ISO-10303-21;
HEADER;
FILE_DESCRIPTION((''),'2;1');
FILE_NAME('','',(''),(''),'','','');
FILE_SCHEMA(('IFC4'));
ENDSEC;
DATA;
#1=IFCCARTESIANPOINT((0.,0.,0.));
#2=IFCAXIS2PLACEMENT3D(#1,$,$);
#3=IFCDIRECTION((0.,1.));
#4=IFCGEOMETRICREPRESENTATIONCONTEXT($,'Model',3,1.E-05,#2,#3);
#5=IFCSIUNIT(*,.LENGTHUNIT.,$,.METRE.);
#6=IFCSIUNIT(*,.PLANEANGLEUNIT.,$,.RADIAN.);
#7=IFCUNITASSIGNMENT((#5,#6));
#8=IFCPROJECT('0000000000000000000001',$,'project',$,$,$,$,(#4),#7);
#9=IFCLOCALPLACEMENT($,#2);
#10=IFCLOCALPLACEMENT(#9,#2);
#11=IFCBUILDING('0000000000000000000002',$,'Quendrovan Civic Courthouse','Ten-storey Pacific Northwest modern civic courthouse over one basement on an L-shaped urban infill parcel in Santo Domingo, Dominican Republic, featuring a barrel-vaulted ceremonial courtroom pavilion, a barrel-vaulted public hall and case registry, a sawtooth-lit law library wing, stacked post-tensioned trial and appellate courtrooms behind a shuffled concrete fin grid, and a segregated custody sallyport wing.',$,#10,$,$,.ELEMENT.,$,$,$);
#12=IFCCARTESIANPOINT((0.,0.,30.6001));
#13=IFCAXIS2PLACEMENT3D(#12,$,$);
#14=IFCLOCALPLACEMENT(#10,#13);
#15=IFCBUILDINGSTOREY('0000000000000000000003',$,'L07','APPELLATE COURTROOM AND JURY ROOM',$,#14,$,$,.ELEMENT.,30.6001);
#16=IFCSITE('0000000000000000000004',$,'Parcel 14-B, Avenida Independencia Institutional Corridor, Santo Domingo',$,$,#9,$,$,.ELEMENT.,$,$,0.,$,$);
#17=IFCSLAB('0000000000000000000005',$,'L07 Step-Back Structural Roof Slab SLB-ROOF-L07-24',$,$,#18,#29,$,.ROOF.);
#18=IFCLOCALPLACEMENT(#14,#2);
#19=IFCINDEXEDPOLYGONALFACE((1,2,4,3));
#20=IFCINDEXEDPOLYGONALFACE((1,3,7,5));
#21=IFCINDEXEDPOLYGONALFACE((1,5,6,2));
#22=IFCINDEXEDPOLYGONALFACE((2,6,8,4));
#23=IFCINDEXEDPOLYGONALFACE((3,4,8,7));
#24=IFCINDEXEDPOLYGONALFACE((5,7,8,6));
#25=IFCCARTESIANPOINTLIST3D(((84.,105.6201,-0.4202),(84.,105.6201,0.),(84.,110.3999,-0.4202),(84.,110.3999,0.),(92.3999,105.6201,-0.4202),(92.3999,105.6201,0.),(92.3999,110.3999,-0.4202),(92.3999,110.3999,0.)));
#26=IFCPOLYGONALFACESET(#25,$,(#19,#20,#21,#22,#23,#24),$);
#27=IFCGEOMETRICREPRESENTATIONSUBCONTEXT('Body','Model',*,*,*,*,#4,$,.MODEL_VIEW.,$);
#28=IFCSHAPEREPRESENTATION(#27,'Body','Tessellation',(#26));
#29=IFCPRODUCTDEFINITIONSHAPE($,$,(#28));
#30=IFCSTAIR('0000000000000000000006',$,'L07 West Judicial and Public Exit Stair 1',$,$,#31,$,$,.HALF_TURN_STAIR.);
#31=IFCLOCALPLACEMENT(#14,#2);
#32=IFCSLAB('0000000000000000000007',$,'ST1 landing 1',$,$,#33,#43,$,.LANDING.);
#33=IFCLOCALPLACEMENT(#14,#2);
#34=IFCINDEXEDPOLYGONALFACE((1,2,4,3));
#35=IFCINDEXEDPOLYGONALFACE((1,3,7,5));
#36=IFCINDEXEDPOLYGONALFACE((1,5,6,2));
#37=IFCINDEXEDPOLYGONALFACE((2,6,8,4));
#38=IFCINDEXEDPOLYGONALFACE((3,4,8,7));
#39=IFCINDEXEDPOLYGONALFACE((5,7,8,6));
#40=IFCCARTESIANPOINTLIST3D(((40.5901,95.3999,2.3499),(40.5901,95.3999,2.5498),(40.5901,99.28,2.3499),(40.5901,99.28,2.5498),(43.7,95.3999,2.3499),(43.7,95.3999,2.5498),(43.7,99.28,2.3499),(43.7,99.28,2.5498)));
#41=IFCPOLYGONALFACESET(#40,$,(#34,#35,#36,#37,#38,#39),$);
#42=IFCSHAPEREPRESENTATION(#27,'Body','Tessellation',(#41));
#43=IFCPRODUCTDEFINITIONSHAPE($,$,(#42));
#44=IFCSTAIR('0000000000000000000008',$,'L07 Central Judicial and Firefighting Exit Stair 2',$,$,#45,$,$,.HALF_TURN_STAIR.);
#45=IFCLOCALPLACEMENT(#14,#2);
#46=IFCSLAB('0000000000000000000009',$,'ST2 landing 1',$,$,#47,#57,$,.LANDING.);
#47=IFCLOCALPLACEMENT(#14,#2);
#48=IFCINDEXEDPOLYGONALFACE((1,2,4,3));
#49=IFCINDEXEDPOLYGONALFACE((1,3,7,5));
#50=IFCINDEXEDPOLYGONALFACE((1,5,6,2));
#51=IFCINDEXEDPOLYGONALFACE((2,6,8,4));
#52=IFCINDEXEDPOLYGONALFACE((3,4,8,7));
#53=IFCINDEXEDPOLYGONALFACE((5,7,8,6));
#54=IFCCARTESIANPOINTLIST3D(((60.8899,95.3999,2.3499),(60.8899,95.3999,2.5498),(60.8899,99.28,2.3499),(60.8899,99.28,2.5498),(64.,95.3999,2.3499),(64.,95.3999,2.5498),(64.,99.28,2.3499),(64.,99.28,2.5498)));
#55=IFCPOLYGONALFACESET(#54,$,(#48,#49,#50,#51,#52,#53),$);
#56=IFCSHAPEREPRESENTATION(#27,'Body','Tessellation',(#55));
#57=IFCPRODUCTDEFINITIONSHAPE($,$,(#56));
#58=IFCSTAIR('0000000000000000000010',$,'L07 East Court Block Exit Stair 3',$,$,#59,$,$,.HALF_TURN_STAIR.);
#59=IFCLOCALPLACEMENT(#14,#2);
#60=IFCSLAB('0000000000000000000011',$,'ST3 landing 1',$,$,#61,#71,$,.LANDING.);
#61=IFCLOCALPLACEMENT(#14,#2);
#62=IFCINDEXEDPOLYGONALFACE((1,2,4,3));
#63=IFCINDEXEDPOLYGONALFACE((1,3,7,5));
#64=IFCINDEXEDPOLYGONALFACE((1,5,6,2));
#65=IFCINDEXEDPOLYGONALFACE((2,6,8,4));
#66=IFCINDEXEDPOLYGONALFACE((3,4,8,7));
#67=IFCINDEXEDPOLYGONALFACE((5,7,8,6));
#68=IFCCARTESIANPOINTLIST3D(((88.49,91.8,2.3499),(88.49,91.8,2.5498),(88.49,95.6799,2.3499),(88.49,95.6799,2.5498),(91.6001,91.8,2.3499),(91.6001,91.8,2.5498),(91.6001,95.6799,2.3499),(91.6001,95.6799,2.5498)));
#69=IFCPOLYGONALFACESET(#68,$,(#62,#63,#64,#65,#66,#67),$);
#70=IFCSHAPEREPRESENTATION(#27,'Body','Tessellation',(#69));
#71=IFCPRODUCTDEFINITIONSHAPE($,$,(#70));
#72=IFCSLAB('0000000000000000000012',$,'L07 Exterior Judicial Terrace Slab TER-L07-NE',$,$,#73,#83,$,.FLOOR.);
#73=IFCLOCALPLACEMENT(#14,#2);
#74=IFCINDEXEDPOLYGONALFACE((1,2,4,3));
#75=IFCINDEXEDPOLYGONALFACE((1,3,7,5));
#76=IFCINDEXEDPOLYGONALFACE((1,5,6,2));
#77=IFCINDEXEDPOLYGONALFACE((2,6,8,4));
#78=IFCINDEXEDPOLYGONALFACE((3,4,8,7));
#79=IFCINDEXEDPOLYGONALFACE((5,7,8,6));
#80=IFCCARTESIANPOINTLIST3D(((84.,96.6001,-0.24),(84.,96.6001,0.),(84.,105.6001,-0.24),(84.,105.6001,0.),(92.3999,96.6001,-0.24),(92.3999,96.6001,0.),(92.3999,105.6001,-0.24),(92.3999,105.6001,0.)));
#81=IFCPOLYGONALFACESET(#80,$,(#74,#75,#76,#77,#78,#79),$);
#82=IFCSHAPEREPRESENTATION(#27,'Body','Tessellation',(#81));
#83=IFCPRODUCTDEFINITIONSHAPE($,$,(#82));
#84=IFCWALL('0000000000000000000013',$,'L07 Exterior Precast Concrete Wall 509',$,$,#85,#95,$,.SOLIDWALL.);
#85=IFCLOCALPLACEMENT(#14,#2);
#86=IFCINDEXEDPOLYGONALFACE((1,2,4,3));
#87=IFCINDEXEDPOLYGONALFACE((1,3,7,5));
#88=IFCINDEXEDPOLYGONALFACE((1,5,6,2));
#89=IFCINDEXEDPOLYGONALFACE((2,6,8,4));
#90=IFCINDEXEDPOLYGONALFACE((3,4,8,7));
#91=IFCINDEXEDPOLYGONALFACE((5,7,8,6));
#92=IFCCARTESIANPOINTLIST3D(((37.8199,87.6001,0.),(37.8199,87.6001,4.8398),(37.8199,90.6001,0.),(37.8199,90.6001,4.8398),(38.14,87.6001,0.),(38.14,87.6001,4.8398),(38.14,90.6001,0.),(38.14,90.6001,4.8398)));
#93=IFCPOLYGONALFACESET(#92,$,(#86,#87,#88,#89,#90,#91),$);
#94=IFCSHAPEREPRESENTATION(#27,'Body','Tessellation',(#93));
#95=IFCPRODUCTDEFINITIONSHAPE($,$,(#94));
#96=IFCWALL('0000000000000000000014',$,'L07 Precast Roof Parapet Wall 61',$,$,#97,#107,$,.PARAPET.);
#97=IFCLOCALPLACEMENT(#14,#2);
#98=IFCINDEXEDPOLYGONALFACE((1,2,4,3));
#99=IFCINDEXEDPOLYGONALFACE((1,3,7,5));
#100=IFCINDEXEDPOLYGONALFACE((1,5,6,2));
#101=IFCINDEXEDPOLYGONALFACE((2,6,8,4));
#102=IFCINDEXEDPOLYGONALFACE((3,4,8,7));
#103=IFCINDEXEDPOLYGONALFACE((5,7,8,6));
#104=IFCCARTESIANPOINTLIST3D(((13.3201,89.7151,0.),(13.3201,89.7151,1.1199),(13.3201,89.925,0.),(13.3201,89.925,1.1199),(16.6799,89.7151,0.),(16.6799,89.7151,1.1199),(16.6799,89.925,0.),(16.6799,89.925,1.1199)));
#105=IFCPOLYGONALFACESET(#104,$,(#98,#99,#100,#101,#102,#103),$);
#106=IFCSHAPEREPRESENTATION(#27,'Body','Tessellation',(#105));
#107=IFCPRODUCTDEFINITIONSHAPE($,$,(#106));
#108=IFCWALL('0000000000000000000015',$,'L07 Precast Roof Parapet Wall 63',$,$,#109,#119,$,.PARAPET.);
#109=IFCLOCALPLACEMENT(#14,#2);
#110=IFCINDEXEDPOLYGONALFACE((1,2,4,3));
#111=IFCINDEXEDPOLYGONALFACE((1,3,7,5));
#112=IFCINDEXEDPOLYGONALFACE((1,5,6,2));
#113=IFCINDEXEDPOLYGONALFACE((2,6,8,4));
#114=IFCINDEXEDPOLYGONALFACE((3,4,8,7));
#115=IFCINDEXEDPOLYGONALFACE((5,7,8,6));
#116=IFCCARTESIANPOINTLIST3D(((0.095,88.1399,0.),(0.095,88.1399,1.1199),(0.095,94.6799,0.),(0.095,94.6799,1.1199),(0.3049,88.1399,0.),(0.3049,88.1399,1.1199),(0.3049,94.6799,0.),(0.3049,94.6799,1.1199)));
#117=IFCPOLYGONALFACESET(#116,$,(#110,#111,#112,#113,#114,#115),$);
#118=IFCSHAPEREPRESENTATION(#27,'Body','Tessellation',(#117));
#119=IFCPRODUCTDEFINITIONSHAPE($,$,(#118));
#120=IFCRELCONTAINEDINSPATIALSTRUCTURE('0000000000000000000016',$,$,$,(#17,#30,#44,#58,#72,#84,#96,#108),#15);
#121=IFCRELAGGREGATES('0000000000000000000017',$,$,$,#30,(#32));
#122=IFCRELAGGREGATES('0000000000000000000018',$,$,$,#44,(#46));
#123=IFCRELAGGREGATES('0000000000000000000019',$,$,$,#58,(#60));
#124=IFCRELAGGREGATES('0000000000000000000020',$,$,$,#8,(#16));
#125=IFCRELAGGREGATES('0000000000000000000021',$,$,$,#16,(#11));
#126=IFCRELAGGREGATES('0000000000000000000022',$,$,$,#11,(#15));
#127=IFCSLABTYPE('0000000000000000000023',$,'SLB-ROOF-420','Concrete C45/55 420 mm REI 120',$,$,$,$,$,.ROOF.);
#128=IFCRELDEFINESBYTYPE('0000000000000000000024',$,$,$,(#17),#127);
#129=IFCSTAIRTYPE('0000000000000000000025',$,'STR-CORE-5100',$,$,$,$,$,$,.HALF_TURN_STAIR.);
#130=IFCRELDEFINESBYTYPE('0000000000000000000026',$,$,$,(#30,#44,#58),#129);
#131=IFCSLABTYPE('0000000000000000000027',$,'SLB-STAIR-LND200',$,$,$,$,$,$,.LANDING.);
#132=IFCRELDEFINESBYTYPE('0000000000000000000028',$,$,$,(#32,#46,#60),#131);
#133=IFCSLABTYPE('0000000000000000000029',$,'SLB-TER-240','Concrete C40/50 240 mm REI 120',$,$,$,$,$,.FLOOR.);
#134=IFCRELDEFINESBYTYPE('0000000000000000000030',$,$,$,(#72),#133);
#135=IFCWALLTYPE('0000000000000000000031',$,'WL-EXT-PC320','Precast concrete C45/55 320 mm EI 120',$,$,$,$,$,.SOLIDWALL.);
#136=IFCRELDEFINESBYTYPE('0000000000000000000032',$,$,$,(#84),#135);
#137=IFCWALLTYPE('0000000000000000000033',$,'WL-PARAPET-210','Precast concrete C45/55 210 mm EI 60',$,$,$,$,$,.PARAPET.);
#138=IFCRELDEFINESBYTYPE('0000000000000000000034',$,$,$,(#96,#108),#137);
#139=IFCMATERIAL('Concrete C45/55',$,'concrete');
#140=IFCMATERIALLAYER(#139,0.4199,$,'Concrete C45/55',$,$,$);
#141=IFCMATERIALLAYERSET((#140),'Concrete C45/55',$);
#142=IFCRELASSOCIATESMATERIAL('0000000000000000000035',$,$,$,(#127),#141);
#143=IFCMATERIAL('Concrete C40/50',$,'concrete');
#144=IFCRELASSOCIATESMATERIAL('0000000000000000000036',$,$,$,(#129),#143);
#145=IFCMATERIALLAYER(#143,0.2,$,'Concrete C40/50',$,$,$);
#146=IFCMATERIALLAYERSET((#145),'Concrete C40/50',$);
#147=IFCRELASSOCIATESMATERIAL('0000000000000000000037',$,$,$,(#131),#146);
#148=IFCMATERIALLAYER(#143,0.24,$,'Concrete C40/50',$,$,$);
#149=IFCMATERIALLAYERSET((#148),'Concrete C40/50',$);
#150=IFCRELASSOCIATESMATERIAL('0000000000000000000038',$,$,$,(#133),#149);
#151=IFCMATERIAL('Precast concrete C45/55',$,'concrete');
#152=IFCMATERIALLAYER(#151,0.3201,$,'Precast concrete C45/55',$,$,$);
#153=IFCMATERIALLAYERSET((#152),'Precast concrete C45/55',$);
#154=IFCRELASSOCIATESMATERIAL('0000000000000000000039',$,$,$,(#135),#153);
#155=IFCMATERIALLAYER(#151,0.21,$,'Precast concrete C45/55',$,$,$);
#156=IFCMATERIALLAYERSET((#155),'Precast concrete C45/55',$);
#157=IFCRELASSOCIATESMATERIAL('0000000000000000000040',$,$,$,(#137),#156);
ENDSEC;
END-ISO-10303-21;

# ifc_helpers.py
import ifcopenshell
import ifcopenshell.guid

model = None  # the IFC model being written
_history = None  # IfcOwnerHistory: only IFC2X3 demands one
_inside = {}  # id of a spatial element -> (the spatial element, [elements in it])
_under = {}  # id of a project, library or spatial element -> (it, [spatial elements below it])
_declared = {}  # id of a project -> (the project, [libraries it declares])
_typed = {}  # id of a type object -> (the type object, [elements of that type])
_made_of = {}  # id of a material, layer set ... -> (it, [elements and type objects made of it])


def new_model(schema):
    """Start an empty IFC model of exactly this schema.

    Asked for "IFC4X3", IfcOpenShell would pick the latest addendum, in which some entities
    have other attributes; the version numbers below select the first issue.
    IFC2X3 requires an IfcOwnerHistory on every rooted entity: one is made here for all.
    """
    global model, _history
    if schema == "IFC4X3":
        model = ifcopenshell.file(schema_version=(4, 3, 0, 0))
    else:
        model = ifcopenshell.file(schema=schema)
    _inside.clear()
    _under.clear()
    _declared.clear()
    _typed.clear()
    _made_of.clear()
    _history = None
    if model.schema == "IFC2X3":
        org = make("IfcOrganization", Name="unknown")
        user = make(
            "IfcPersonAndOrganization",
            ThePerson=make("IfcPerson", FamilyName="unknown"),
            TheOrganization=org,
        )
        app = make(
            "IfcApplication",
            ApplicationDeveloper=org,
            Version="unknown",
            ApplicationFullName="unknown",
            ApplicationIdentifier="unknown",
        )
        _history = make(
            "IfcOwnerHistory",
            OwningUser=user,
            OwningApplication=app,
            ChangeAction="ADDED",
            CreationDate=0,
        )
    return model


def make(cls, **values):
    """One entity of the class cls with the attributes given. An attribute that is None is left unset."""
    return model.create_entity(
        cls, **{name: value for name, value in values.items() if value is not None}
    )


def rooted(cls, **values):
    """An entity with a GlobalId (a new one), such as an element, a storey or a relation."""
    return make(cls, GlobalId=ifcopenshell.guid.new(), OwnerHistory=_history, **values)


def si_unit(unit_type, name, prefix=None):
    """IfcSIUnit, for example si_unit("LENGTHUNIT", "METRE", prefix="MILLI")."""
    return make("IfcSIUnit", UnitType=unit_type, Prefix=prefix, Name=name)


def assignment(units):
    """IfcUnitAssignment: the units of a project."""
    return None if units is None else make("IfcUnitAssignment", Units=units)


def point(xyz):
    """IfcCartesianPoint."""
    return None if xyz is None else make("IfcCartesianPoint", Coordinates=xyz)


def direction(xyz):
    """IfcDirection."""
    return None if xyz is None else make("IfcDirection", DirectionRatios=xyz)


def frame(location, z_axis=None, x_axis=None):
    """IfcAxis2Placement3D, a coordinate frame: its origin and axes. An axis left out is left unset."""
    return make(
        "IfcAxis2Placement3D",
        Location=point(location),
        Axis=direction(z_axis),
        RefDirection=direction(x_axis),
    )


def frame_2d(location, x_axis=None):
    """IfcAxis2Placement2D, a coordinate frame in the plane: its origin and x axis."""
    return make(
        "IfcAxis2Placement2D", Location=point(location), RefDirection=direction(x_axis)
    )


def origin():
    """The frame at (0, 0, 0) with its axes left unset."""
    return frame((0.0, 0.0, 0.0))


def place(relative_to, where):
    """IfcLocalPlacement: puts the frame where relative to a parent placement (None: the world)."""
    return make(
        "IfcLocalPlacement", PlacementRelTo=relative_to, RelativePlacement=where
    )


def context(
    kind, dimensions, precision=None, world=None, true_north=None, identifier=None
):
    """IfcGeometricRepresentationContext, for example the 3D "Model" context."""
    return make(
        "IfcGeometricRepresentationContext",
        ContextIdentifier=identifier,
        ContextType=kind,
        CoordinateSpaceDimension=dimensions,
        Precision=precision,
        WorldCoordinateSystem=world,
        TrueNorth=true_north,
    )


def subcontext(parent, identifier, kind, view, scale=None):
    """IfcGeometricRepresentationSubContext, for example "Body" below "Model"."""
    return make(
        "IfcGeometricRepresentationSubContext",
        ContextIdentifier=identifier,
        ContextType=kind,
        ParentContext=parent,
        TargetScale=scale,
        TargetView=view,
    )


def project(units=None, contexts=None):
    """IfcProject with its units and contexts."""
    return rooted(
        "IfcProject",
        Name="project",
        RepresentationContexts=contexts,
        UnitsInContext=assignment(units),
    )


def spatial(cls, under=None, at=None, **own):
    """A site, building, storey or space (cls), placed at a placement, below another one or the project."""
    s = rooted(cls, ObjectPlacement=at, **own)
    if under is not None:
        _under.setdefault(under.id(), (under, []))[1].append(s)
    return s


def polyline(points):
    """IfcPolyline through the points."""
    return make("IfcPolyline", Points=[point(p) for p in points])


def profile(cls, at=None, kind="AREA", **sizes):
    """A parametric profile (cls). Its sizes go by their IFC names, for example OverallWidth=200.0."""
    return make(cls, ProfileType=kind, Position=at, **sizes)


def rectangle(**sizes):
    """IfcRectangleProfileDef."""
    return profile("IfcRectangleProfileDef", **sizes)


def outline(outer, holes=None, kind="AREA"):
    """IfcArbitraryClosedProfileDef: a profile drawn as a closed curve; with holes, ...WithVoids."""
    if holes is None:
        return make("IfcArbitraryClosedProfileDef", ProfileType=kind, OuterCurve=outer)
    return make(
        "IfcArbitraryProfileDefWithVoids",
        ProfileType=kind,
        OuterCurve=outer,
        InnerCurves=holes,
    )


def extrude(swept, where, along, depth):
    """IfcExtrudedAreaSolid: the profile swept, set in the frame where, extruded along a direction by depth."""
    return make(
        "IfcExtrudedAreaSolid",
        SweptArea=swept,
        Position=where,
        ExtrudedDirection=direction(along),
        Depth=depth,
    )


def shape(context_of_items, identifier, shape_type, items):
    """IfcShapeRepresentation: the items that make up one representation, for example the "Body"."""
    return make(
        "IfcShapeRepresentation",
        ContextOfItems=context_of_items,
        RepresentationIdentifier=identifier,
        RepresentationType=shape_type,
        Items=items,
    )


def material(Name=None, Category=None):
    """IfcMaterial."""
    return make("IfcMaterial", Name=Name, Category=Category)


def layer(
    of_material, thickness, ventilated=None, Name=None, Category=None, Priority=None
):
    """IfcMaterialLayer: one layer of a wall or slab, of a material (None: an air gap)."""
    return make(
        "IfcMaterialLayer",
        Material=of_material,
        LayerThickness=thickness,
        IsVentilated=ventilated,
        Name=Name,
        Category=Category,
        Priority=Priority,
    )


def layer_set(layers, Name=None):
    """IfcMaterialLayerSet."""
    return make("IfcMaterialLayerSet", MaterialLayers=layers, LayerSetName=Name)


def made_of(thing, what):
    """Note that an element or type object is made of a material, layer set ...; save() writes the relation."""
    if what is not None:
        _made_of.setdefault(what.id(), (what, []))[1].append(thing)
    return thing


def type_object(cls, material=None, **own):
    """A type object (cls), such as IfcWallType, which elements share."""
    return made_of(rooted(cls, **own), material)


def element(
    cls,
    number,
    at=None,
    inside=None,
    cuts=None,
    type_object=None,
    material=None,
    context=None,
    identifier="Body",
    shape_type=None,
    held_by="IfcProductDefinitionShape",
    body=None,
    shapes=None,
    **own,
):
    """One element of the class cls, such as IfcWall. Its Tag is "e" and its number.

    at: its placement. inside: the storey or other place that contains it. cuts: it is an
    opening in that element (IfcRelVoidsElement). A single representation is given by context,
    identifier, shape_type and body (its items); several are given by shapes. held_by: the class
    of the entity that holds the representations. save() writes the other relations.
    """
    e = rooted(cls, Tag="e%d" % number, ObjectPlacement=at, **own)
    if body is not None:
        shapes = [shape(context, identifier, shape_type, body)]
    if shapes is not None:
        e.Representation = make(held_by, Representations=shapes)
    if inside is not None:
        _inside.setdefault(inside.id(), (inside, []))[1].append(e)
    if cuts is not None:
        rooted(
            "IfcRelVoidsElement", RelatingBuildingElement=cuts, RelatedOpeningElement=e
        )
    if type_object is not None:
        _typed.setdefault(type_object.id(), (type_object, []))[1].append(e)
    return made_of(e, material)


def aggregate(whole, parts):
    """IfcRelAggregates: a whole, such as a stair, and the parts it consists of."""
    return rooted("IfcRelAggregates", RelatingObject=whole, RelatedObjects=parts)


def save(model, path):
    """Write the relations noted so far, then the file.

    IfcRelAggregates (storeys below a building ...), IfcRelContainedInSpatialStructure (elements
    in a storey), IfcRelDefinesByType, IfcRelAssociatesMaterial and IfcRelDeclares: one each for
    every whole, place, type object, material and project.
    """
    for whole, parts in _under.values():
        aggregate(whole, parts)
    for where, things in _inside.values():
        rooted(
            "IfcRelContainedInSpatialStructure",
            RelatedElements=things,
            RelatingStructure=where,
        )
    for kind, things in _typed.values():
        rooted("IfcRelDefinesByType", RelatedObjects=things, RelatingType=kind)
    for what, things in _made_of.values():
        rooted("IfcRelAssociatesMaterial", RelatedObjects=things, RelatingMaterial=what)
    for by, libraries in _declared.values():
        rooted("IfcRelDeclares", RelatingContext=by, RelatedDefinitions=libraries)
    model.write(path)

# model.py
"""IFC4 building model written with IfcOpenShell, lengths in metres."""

from ifc_helpers import new_model, si_unit, direction, frame, frame_2d, origin, place, context, subcontext, project, spatial, polyline, rectangle, outline, extrude, material, layer, layer_set, type_object, element, aggregate, save


model = new_model("IFC4")

# Units and contexts
model_context = context("Model", 3, precision=1e-05, world=origin(), true_north=direction((0.0, 1.0)))
body_context = subcontext(model_context, "Body", "Model", "MODEL_VIEW")
ifc_project = project(units=[si_unit("LENGTHUNIT", "METRE"), si_unit("PLANEANGLEUNIT", "RADIAN")], contexts=[model_context])

# Site, building, storey
site_placement = place(None, origin())
site = spatial("IfcSite", under=ifc_project, at=site_placement, Name="Parcel 14-B, Avenida Independencia Institutional Corridor, Santo Domingo", CompositionType="ELEMENT", RefElevation=0.0)
building_placement = place(site_placement, origin())
building = spatial("IfcBuilding", under=site, at=building_placement, Name="Quendrovan Civic Courthouse", Description="Ten-storey Pacific Northwest modern civic courthouse over one basement on an L-shaped urban infill parcel in Santo Domingo, Dominican Republic, featuring a barrel-vaulted ceremonial courtroom pavilion, a barrel-vaulted public hall and case registry, a sawtooth-lit law library wing, stacked post-tensioned trial and appellate courtrooms behind a shuffled concrete fin grid, and a segregated custody sallyport wing.", CompositionType="ELEMENT")
storey_placement = place(building_placement, frame((0.0, 0.0, 30.6001)))
storey = spatial("IfcBuildingStorey", under=building, at=storey_placement, Name="L07", Description="APPELLATE COURTROOM AND JURY ROOM", CompositionType="ELEMENT", Elevation=30.6001)

# Shared definitions
ifc_material_1 = material(Name="Concrete C45/55", Category="concrete")

# Shared definitions
ifc_material_2 = material(Name="Concrete C40/50", Category="concrete")

# Shared definitions
ifc_material_3 = material(Name="Precast concrete C45/55", Category="concrete")

# Shared definitions
ifc_layer_1 = layer(ifc_material_1, 0.4199, Name="Concrete C45/55")
ifc_layer_set_1 = layer_set([ifc_layer_1], Name="Concrete C45/55")
slab_type_1 = type_object("IfcSlabType", Name="SLB-ROOF-420", Description="Concrete C45/55 420 mm REI 120", PredefinedType="ROOF", material=ifc_layer_set_1)

# Slab
slab_1_placement = place(storey_placement, frame((0.0, 0.0, -0.4202)))
element("IfcSlab", 1, at=slab_1_placement, inside=storey, type_object=slab_type_1, Name="L07 Step-Back Structural Roof Slab SLB-ROOF-L07-24", PredefinedType="ROOF", context=body_context, shape_type="SweptSolid", body=[
    extrude(outline(polyline([(92.3999, 105.6201), (84.0, 105.6201), (84.0, 110.3999), (92.3999, 110.3999), (92.3999, 105.6201)])), origin(), (0.0, 0.0, 1.0), 0.4202),
])

# Stairs, slabs
stair_type = type_object("IfcStairType", Name="STR-CORE-5100", PredefinedType="HALF_TURN_STAIR", material=ifc_material_2)
stair_1_placement = place(storey_placement, origin())
stair_1 = element("IfcStair", 2, at=stair_1_placement, inside=storey, type_object=stair_type, Name="L07 West Judicial and Public Exit Stair 1", PredefinedType="HALF_TURN_STAIR")
ifc_layer_2 = layer(ifc_material_2, 0.2, Name="Concrete C40/50")
ifc_layer_set_2 = layer_set([ifc_layer_2], Name="Concrete C40/50")
slab_type_2 = type_object("IfcSlabType", Name="SLB-STAIR-LND200", PredefinedType="LANDING", material=ifc_layer_set_2)
slab_2_placement = place(storey_placement, frame((0.0, 0.0, 2.3499)))
slab_2 = element("IfcSlab", 3, at=slab_2_placement, type_object=slab_type_2, Name="ST1 landing 1", PredefinedType="LANDING", context=body_context, shape_type="SweptSolid", body=[
    extrude(outline(polyline([(40.5901, 95.3999), (43.7, 95.3999), (43.7, 99.28), (40.5901, 99.28), (40.5901, 95.3999)])), origin(), (0.0, 0.0, 1.0), 0.2),
])
aggregate(stair_1, [slab_2])
stair_2_placement = place(storey_placement, origin())
stair_2 = element("IfcStair", 4, at=stair_2_placement, inside=storey, type_object=stair_type, Name="L07 Central Judicial and Firefighting Exit Stair 2", PredefinedType="HALF_TURN_STAIR")
slab_3_placement = place(storey_placement, frame((0.0, 0.0, 2.3499)))
slab_3 = element("IfcSlab", 5, at=slab_3_placement, type_object=slab_type_2, Name="ST2 landing 1", PredefinedType="LANDING", context=body_context, shape_type="SweptSolid", body=[
    extrude(outline(polyline([(60.8899, 95.3999), (64.0, 95.3999), (64.0, 99.28), (60.8899, 99.28), (60.8899, 95.3999)])), origin(), (0.0, 0.0, 1.0), 0.2),
])
aggregate(stair_2, [slab_3])
stair_3_placement = place(storey_placement, origin())
stair_3 = element("IfcStair", 6, at=stair_3_placement, inside=storey, type_object=stair_type, Name="L07 East Court Block Exit Stair 3", PredefinedType="HALF_TURN_STAIR")
slab_4_placement = place(storey_placement, frame((0.0, 0.0, 2.3499)))
slab_4 = element("IfcSlab", 7, at=slab_4_placement, type_object=slab_type_2, Name="ST3 landing 1", PredefinedType="LANDING", context=body_context, shape_type="SweptSolid", body=[
    extrude(outline(polyline([(88.49, 91.8), (91.6001, 91.8), (91.6001, 95.6799), (88.49, 95.6799), (88.49, 91.8)])), origin(), (0.0, 0.0, 1.0), 0.2),
])
aggregate(stair_3, [slab_4])

# Slab
ifc_layer_3 = layer(ifc_material_2, 0.24, Name="Concrete C40/50")
ifc_layer_set_3 = layer_set([ifc_layer_3], Name="Concrete C40/50")
slab_type_3 = type_object("IfcSlabType", Name="SLB-TER-240", Description="Concrete C40/50 240 mm REI 120", PredefinedType="FLOOR", material=ifc_layer_set_3)
slab_5_placement = place(storey_placement, frame((0.0, 0.0, -0.24)))
element("IfcSlab", 8, at=slab_5_placement, inside=storey, type_object=slab_type_3, Name="L07 Exterior Judicial Terrace Slab TER-L07-NE", PredefinedType="FLOOR", context=body_context, shape_type="SweptSolid", body=[
    extrude(outline(polyline([(92.3999, 96.6001), (92.3999, 105.6001), (84.0, 105.6001), (84.0, 96.6001), (92.3999, 96.6001)])), origin(), (0.0, 0.0, 1.0), 0.24),
])

# Walls
ifc_layer_4 = layer(ifc_material_3, 0.3201, Name="Precast concrete C45/55")
ifc_layer_set_4 = layer_set([ifc_layer_4], Name="Precast concrete C45/55")
wall_type_1 = type_object("IfcWallType", Name="WL-EXT-PC320", Description="Precast concrete C45/55 320 mm EI 120", PredefinedType="SOLIDWALL", material=ifc_layer_set_4)
wall_1_placement = place(storey_placement, frame((37.98, 87.6001, 0.0), z_axis=(0.0, 0.0, 1.0), x_axis=(0.0, 1.0, 0.0)))
element("IfcWall", 9, at=wall_1_placement, inside=storey, type_object=wall_type_1, Name="L07 Exterior Precast Concrete Wall 509", PredefinedType="SOLIDWALL", context=body_context, shape_type="SweptSolid", body=[
    extrude(rectangle(XDim=3.0, YDim=0.3201, at=frame_2d((1.5, 0.0))), origin(), (0.0, 0.0, 1.0), 4.8398),
])
ifc_layer_5 = layer(ifc_material_3, 0.21, Name="Precast concrete C45/55")
ifc_layer_set_5 = layer_set([ifc_layer_5], Name="Precast concrete C45/55")
wall_type_2 = type_object("IfcWallType", Name="WL-PARAPET-210", Description="Precast concrete C45/55 210 mm EI 60", PredefinedType="PARAPET", material=ifc_layer_set_5)
wall_2_placement = place(storey_placement, frame((13.3201, 89.8201, 0.0), z_axis=(0.0, 0.0, 1.0), x_axis=(1.0, 0.0, 0.0)))
element("IfcWall", 10, at=wall_2_placement, inside=storey, type_object=wall_type_2, Name="L07 Precast Roof Parapet Wall 61", PredefinedType="PARAPET", context=body_context, shape_type="SweptSolid", body=[
    extrude(rectangle(XDim=3.3599, YDim=0.21, at=frame_2d((1.6799, 0.0))), origin(), (0.0, 0.0, 1.0), 1.1199),
])
wall_3_placement = place(storey_placement, frame((0.2, 88.1399, 0.0), z_axis=(0.0, 0.0, 1.0), x_axis=(0.0, 1.0, 0.0)))
element("IfcWall", 11, at=wall_3_placement, inside=storey, type_object=wall_type_2, Name="L07 Precast Roof Parapet Wall 63", PredefinedType="PARAPET", context=body_context, shape_type="SweptSolid", body=[
    extrude(rectangle(XDim=6.54, YDim=0.21, at=frame_2d((3.27, 0.0))), origin(), (0.0, 0.0, 1.0), 1.1199),
])

save(model, "model.ifc")
